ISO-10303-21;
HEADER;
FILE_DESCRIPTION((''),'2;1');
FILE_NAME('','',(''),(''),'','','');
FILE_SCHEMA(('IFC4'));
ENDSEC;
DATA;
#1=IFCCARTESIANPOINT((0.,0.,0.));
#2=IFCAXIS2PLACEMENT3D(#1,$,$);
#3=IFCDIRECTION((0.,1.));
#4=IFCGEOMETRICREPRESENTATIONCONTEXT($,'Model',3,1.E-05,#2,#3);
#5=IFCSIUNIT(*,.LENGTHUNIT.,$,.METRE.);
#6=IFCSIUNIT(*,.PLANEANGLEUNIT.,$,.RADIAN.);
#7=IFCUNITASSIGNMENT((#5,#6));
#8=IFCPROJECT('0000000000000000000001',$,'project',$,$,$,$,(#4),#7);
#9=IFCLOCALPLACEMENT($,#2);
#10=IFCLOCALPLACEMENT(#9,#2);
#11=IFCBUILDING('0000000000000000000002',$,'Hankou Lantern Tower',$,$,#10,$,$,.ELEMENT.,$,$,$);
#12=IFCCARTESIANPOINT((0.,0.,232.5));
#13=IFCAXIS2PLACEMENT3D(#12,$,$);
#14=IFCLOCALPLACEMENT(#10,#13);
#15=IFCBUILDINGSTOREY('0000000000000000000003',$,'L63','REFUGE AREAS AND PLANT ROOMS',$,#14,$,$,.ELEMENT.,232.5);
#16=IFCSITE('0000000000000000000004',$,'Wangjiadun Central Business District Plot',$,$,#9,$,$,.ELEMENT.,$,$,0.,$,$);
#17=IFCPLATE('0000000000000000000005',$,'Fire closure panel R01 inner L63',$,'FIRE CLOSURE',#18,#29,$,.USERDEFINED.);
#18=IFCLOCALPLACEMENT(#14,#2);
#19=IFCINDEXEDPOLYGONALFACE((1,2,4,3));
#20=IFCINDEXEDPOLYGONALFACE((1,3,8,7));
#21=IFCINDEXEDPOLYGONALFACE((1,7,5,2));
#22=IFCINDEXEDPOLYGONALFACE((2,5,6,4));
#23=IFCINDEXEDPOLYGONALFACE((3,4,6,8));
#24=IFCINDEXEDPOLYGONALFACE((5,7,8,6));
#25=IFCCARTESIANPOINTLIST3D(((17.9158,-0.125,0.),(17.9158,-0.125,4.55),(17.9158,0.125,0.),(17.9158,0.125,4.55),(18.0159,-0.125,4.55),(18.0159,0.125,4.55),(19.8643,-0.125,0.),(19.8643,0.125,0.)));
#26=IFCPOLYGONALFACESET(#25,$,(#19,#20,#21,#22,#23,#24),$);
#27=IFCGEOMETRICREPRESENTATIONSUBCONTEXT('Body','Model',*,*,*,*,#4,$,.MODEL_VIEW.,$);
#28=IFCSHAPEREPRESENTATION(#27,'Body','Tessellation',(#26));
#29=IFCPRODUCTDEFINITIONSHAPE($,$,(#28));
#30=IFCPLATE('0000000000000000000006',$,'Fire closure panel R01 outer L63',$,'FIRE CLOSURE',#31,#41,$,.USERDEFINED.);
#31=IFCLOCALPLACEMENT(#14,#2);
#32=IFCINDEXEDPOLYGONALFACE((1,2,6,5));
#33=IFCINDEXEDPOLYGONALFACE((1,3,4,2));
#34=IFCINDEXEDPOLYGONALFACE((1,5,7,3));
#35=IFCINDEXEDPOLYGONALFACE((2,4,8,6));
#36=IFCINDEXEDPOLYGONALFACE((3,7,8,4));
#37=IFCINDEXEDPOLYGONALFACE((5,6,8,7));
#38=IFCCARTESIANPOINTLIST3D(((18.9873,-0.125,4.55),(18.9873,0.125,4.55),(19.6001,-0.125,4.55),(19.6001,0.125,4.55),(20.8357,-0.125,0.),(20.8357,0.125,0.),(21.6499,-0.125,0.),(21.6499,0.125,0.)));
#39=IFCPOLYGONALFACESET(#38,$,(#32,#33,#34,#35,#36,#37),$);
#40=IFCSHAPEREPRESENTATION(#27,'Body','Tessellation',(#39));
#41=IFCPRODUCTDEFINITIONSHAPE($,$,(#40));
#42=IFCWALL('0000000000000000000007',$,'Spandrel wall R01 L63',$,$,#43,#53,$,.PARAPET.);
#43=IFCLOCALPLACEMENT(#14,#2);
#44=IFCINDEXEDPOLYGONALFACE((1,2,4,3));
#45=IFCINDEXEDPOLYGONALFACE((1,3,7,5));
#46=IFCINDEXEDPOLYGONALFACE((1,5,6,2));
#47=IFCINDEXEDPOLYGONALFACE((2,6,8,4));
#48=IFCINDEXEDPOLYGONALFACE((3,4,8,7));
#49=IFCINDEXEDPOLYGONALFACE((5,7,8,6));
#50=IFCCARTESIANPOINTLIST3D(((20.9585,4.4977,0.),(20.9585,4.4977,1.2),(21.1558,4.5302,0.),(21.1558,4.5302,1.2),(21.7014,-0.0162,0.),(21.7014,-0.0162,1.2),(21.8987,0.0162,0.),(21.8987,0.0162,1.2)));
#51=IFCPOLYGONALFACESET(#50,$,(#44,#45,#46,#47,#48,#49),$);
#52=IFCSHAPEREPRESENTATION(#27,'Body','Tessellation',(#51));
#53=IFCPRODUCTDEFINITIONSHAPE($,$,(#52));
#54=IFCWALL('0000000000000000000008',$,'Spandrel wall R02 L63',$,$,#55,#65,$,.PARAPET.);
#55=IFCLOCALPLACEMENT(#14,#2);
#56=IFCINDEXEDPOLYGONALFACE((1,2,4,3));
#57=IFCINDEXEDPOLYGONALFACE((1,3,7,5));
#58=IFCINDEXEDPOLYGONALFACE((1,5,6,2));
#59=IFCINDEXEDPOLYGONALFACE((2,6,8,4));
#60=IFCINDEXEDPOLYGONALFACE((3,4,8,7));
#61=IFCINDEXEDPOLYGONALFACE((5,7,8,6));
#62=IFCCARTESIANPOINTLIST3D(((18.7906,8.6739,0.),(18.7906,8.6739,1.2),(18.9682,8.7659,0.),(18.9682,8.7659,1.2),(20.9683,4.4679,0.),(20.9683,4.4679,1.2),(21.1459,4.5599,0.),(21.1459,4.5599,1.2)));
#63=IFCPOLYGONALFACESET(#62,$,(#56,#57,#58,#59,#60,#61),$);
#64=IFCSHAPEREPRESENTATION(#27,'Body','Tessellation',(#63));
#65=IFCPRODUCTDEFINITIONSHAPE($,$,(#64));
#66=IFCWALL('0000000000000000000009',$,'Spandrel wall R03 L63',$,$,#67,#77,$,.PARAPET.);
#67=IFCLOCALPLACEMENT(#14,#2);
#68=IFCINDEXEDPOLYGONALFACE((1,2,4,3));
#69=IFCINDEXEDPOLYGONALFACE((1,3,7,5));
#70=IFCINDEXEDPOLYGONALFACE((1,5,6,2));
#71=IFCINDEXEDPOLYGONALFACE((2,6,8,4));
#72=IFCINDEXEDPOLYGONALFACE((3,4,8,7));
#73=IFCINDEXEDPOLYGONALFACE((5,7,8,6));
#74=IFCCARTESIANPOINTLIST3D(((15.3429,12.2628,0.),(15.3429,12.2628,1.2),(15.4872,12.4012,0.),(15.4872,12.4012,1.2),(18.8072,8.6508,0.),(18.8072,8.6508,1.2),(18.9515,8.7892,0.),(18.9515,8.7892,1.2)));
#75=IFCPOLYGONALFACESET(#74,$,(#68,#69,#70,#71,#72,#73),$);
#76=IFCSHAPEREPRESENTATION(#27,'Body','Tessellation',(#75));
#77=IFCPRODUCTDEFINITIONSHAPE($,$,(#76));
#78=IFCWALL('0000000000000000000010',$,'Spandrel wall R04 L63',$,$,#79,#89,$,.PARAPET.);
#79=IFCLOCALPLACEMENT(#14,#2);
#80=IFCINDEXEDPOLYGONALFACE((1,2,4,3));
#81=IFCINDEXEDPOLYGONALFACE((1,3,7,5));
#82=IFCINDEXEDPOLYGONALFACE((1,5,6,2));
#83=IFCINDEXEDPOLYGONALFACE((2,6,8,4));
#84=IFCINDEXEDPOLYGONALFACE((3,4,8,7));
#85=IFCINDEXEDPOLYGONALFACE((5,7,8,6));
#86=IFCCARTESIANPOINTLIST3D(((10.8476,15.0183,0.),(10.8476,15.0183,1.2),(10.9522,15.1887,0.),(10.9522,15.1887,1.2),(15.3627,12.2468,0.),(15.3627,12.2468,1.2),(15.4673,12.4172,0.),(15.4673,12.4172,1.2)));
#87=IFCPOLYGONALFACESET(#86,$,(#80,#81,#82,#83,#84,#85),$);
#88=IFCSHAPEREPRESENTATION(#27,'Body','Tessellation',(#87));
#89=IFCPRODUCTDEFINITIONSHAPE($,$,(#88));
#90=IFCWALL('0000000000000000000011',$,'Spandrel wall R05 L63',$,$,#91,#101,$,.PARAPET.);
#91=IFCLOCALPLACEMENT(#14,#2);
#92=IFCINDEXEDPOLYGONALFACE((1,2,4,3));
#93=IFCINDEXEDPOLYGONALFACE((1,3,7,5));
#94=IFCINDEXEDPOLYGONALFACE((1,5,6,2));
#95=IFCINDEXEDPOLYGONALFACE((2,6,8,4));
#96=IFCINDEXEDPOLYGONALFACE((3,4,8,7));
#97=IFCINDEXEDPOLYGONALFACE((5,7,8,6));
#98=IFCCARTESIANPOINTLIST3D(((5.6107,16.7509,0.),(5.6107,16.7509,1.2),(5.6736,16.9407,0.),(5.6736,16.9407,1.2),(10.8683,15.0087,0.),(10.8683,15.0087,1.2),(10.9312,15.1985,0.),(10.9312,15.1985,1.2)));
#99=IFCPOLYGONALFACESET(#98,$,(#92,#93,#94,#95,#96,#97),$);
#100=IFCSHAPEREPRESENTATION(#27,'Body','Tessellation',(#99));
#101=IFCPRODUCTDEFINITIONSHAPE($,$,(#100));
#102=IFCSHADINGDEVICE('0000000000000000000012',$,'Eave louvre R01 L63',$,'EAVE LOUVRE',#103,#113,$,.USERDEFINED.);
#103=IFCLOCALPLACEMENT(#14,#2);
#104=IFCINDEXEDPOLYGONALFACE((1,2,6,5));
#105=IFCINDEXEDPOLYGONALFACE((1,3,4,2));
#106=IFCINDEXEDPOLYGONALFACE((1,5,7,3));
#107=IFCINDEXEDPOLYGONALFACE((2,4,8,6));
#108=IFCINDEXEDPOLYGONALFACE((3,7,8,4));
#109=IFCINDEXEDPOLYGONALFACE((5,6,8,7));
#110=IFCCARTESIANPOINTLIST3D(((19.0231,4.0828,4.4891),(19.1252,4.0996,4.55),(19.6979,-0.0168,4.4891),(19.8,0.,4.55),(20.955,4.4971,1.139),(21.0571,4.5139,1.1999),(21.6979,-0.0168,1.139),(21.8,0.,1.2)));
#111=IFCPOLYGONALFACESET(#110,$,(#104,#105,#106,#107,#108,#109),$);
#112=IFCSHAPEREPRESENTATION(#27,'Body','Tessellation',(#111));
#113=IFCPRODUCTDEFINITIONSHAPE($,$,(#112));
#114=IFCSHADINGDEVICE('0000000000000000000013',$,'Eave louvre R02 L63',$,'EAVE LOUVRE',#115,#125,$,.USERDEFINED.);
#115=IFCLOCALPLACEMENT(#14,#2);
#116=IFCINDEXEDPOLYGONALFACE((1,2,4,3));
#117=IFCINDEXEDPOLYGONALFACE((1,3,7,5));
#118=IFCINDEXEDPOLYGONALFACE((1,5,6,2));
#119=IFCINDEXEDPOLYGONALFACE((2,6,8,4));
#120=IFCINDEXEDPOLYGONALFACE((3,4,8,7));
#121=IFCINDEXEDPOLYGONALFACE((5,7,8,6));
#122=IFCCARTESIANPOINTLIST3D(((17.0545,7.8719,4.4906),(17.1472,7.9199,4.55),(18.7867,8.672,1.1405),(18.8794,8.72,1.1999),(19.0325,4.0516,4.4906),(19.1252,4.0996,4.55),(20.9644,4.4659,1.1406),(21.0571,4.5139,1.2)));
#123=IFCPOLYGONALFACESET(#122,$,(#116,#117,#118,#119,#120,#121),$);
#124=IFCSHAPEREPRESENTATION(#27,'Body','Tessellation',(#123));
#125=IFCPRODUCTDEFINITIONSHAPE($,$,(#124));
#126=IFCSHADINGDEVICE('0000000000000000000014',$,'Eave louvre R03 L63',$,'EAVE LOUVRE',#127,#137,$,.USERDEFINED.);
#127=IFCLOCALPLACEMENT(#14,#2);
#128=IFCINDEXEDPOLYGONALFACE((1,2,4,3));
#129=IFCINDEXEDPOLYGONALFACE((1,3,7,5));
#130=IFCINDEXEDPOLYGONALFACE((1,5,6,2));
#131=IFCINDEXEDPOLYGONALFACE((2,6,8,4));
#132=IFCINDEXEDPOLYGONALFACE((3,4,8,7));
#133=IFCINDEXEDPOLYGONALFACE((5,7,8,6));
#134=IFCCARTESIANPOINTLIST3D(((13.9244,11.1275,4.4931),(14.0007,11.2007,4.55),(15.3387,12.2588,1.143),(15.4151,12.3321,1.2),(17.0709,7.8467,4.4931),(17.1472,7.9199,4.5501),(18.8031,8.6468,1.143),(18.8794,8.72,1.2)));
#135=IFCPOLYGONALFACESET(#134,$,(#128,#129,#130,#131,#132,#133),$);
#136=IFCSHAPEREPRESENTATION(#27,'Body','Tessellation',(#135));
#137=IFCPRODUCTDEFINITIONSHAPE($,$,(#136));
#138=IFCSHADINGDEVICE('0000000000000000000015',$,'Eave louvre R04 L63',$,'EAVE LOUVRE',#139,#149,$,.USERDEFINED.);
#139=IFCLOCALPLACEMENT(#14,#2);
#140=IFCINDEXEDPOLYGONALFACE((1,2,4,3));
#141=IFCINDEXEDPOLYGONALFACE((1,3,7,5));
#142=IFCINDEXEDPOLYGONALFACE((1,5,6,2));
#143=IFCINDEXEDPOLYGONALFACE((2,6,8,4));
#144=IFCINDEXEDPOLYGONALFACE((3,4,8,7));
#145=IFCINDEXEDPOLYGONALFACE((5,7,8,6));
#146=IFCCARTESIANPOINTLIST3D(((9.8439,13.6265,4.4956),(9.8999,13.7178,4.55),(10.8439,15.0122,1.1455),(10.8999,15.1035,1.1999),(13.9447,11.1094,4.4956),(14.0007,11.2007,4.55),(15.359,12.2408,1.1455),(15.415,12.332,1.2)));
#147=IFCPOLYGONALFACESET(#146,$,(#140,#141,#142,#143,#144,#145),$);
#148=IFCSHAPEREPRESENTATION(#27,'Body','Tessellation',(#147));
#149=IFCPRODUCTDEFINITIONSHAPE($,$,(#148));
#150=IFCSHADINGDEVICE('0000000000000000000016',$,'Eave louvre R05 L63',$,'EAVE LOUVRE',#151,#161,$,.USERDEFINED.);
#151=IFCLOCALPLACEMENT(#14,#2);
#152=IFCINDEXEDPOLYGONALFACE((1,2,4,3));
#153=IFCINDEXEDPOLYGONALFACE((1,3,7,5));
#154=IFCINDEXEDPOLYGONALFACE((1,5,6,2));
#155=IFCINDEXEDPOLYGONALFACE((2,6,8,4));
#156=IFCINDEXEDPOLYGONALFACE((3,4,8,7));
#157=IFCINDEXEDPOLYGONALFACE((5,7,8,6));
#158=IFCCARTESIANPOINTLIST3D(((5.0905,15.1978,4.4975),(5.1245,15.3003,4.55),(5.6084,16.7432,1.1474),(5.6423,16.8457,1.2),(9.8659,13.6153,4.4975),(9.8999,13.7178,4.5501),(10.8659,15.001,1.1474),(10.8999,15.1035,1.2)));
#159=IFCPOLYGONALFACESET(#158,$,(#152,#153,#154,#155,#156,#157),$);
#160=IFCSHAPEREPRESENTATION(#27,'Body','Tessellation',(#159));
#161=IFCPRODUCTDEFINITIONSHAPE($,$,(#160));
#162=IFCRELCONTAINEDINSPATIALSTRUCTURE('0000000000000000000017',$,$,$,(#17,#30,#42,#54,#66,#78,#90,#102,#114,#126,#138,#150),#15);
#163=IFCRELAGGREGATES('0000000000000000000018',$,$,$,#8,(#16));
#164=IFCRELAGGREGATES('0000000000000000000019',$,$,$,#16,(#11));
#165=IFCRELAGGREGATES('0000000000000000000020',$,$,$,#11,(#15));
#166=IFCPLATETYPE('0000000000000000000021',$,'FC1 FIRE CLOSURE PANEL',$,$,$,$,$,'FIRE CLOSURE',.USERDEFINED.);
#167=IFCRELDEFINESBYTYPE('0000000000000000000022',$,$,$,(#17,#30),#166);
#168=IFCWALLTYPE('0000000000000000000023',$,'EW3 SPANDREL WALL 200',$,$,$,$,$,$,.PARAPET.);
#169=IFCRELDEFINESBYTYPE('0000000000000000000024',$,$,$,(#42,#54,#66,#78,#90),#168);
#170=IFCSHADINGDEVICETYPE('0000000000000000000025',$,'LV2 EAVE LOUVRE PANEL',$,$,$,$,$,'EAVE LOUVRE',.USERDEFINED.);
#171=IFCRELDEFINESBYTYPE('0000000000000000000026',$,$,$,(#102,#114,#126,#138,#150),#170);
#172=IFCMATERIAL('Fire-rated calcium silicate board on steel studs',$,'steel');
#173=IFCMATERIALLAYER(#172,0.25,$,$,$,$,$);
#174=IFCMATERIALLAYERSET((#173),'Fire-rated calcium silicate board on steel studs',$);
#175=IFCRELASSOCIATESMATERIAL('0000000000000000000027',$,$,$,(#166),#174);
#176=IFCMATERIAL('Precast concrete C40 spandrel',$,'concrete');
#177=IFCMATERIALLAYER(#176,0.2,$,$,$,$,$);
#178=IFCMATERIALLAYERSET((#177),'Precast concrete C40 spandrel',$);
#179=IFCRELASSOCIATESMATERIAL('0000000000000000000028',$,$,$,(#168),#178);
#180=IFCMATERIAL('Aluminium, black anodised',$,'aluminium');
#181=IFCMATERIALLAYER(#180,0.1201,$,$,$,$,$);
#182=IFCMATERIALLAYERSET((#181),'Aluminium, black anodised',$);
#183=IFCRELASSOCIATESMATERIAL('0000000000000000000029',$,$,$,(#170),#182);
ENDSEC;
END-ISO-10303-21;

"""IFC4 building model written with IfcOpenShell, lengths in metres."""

from ifc_helpers import new_model, si_unit, direction, frame, frame_2d, origin, place, context, subcontext, project, spatial, polyline, rectangle, outline, extrude, material, layer, layer_set, type_object, element, save


model = new_model("IFC4")

# Units and contexts
model_context = context("Model", 3, precision=1e-05, world=origin(), true_north=direction((0.0, 1.0)))
body_context = subcontext(model_context, "Body", "Model", "MODEL_VIEW")
ifc_project = project(units=[si_unit("LENGTHUNIT", "METRE"), si_unit("PLANEANGLEUNIT", "RADIAN")], contexts=[model_context])

# Site, building, storey
site_placement = place(None, origin())
site = spatial("IfcSite", under=ifc_project, at=site_placement, Name="Wangjiadun Central Business District Plot", CompositionType="ELEMENT", RefElevation=0.0)
building_placement = place(site_placement, origin())
building = spatial("IfcBuilding", under=site, at=building_placement, Name="Hankou Lantern Tower", CompositionType="ELEMENT")
storey_placement = place(building_placement, frame((0.0, 0.0, 232.5)))
storey = spatial("IfcBuildingStorey", under=building, at=storey_placement, Name="L63", Description="REFUGE AREAS AND PLANT ROOMS", CompositionType="ELEMENT", Elevation=232.5)

# Plates
ifc_material_1 = material(Name="Fire-rated calcium silicate board on steel studs", Category="steel")
ifc_layer_1 = layer(ifc_material_1, 0.25)
ifc_layer_set_1 = layer_set([ifc_layer_1], Name="Fire-rated calcium silicate board on steel studs")
plate_type = type_object("IfcPlateType", Name="FC1 FIRE CLOSURE PANEL", ElementType="FIRE CLOSURE", PredefinedType="USERDEFINED", material=ifc_layer_set_1)
plate_1_placement = place(storey_placement, frame((17.9158, 0.125, 0.0), z_axis=(0.0, 1.0, 0.0), x_axis=(1.0, 0.0, 0.0)))
element("IfcPlate", 1, at=plate_1_placement, inside=storey, type_object=plate_type, Name="Fire closure panel R01 inner L63", ObjectType="FIRE CLOSURE", PredefinedType="USERDEFINED", context=body_context, shape_type="SweptSolid", body=[
    extrude(outline(polyline([(0.0, 0.0), (1.9485, 0.0), (0.1001, -4.55), (0.0, -4.55), (0.0, 0.0)])), origin(), (0.0, 0.0, -1.0), 0.25),
])
plate_2_placement = place(storey_placement, frame((20.8357, 0.125, 0.0), z_axis=(0.0, 1.0, 0.0), x_axis=(1.0, 0.0, 0.0)))
element("IfcPlate", 2, at=plate_2_placement, inside=storey, type_object=plate_type, Name="Fire closure panel R01 outer L63", ObjectType="FIRE CLOSURE", PredefinedType="USERDEFINED", context=body_context, shape_type="SweptSolid", body=[
    extrude(outline(polyline([(0.0, 0.0), (0.8142, 0.0), (-1.2356, -4.55), (-1.8484, -4.55), (0.0, 0.0)])), origin(), (0.0, 0.0, -1.0), 0.25),
])

# Walls
ifc_material_2 = material(Name="Precast concrete C40 spandrel", Category="concrete")
ifc_layer_2 = layer(ifc_material_2, 0.2)
ifc_layer_set_2 = layer_set([ifc_layer_2], Name="Precast concrete C40 spandrel")
wall_type = type_object("IfcWallType", Name="EW3 SPANDREL WALL 200", PredefinedType="PARAPET", material=ifc_layer_set_2)
wall_1_placement = place(storey_placement, frame((21.8, 0.0, 0.0), z_axis=(0.0, 0.0, 1.0), x_axis=(-0.1624, 0.986725, 0.0)))
element("IfcWall", 3, at=wall_1_placement, inside=storey, type_object=wall_type, Name="Spandrel wall R01 L63", PredefinedType="PARAPET", context=body_context, shape_type="SweptSolid", body=[
    extrude(rectangle(XDim=4.5747, YDim=0.2, at=frame_2d((2.2874, 0.0))), origin(), (0.0, 0.0, 1.0), 1.2),
])
wall_2_placement = place(storey_placement, frame((21.0571, 4.5139, 0.0), z_axis=(0.0, 0.0, 1.0), x_axis=(-0.459787, 0.888029, 0.0)))
element("IfcWall", 4, at=wall_2_placement, inside=storey, type_object=wall_type, Name="Spandrel wall R02 L63", PredefinedType="PARAPET", context=body_context, shape_type="SweptSolid", body=[
    extrude(rectangle(XDim=4.7363, YDim=0.2, at=frame_2d((2.3682, 0.0))), origin(), (0.0, 0.0, 1.0), 1.2),
])
wall_3_placement = place(storey_placement, frame((18.8794, 8.72, 0.0), z_axis=(0.0, 0.0, 1.0), x_axis=(-0.692197, 0.721709, 0.0)))
element("IfcWall", 5, at=wall_3_placement, inside=storey, type_object=wall_type, Name="Spandrel wall R03 L63", PredefinedType="PARAPET", context=body_context, shape_type="SweptSolid", body=[
    extrude(rectangle(XDim=5.0049, YDim=0.2, at=frame_2d((2.5024, 0.0))), origin(), (0.0, 0.0, 1.0), 1.2),
])
wall_4_placement = place(storey_placement, frame((15.415, 12.332, 0.0), z_axis=(0.0, 0.0, 1.0), x_axis=(-0.852253, 0.52313, 0.0)))
element("IfcWall", 6, at=wall_4_placement, inside=storey, type_object=wall_type, Name="Spandrel wall R04 L63", PredefinedType="PARAPET", context=body_context, shape_type="SweptSolid", body=[
    extrude(rectangle(XDim=5.2979, YDim=0.2, at=frame_2d((2.6489, 0.0))), origin(), (0.0, 0.0, 1.0), 1.2),
])
wall_5_placement = place(storey_placement, frame((10.8999, 15.1035, 0.0), z_axis=(0.0, 0.0, 1.0), x_axis=(-0.949242, 0.314548, 0.0)))
element("IfcWall", 7, at=wall_5_placement, inside=storey, type_object=wall_type, Name="Spandrel wall R05 L63", PredefinedType="PARAPET", context=body_context, shape_type="SweptSolid", body=[
    extrude(rectangle(XDim=5.5388, YDim=0.2, at=frame_2d((2.7695, 0.0))), origin(), (0.0, 0.0, 1.0), 1.2),
])

# Shading devices
ifc_material_3 = material(Name="Aluminium, black anodised", Category="aluminium")
ifc_layer_3 = layer(ifc_material_3, 0.1201)
ifc_layer_set_3 = layer_set([ifc_layer_3], Name="Aluminium, black anodised")
shading_device_type = type_object("IfcShadingDeviceType", Name="LV2 EAVE LOUVRE PANEL", ElementType="EAVE LOUVRE", PredefinedType="USERDEFINED", material=ifc_layer_set_3)
shading_device_1_placement = place(storey_placement, frame((21.8, 0.0, 1.2), z_axis=(0.850176, 0.139933, 0.507563), x_axis=(-0.162406, 0.986724, -0.000004)))
element("IfcShadingDevice", 8, at=shading_device_1_placement, inside=storey, type_object=shading_device_type, Name="Eave louvre R01 L63", ObjectType="EAVE LOUVRE", PredefinedType="USERDEFINED", context=body_context, shape_type="SweptSolid", body=[
    extrude(outline(polyline([(0.0, 0.0), (4.5746, 0.0), (4.4796, 3.8882), (0.3248, 3.8881), (0.0, 0.0)])), origin(), (0.0, 0.0, -1.0), 0.1201),
])
shading_device_2_placement = place(storey_placement, frame((21.0571, 4.5139, 1.2), z_axis=(0.771844, 0.399633, 0.49452), x_axis=(-0.459788, 0.888028, -0.000001)))
element("IfcShadingDevice", 9, at=shading_device_2_placement, inside=storey, type_object=shading_device_type, Name="Eave louvre R02 L63", ObjectType="EAVE LOUVRE", PredefinedType="USERDEFINED", context=body_context, shape_type="SweptSolid", body=[
    extrude(outline(polyline([(0.0, 0.0), (4.7364, 0.0), (4.8224, 3.8544), (0.5203, 3.8544), (0.0, 0.0)])), origin(), (0.0, 0.0, -1.0), 0.1201),
])
shading_device_3_placement = place(storey_placement, frame((18.8794, 8.72, 1.2), z_axis=(0.635451, 0.609455, 0.474096), x_axis=(-0.692192, 0.721714, 0.000004)))
element("IfcShadingDevice", 10, at=shading_device_3_placement, inside=storey, type_object=shading_device_type, Name="Eave louvre R03 L63", ObjectType="EAVE LOUVRE", PredefinedType="USERDEFINED", context=body_context, shape_type="SweptSolid", body=[
    extrude(outline(polyline([(0.0, 0.0), (5.0049, 0.0), (5.1673, 3.8049), (0.6216, 3.8049), (0.0, 0.0)])), origin(), (0.0, 0.0, -1.0), 0.1201),
])
shading_device_4_placement = place(storey_placement, frame((15.415, 12.332, 1.2), z_axis=(0.466268, 0.759629, 0.453385), x_axis=(-0.852256, 0.523126, -0.000003)))
element("IfcShadingDevice", 11, at=shading_device_4_placement, inside=storey, type_object=shading_device_type, Name="Eave louvre R04 L63", ObjectType="EAVE LOUVRE", PredefinedType="USERDEFINED", context=body_context, shape_type="SweptSolid", body=[
    extrude(outline(polyline([(0.0, 0.0), (5.2979, 0.0), (5.4252, 3.7586), (0.6135, 3.7586), (0.0, 0.0)])), origin(), (0.0, 0.0, -1.0), 0.1201),
])
shading_device_5_placement = place(storey_placement, frame((10.8999, 15.1035, 1.2), z_axis=(0.282857, 0.853576, 0.437493), x_axis=(-0.949239, 0.314555, 0.000004)))
element("IfcShadingDevice", 12, at=shading_device_5_placement, inside=storey, type_object=shading_device_type, Name="Eave louvre R05 L63", ObjectType="EAVE LOUVRE", PredefinedType="USERDEFINED", context=body_context, shape_type="SweptSolid", body=[
    extrude(outline(polyline([(0.0, 0.0), (5.5387, 0.0), (5.5441, 3.7255), (0.5134, 3.7256), (0.0, 0.0)])), origin(), (0.0, 0.0, -1.0), 0.1201),
])

save(model, "model.ifc")
